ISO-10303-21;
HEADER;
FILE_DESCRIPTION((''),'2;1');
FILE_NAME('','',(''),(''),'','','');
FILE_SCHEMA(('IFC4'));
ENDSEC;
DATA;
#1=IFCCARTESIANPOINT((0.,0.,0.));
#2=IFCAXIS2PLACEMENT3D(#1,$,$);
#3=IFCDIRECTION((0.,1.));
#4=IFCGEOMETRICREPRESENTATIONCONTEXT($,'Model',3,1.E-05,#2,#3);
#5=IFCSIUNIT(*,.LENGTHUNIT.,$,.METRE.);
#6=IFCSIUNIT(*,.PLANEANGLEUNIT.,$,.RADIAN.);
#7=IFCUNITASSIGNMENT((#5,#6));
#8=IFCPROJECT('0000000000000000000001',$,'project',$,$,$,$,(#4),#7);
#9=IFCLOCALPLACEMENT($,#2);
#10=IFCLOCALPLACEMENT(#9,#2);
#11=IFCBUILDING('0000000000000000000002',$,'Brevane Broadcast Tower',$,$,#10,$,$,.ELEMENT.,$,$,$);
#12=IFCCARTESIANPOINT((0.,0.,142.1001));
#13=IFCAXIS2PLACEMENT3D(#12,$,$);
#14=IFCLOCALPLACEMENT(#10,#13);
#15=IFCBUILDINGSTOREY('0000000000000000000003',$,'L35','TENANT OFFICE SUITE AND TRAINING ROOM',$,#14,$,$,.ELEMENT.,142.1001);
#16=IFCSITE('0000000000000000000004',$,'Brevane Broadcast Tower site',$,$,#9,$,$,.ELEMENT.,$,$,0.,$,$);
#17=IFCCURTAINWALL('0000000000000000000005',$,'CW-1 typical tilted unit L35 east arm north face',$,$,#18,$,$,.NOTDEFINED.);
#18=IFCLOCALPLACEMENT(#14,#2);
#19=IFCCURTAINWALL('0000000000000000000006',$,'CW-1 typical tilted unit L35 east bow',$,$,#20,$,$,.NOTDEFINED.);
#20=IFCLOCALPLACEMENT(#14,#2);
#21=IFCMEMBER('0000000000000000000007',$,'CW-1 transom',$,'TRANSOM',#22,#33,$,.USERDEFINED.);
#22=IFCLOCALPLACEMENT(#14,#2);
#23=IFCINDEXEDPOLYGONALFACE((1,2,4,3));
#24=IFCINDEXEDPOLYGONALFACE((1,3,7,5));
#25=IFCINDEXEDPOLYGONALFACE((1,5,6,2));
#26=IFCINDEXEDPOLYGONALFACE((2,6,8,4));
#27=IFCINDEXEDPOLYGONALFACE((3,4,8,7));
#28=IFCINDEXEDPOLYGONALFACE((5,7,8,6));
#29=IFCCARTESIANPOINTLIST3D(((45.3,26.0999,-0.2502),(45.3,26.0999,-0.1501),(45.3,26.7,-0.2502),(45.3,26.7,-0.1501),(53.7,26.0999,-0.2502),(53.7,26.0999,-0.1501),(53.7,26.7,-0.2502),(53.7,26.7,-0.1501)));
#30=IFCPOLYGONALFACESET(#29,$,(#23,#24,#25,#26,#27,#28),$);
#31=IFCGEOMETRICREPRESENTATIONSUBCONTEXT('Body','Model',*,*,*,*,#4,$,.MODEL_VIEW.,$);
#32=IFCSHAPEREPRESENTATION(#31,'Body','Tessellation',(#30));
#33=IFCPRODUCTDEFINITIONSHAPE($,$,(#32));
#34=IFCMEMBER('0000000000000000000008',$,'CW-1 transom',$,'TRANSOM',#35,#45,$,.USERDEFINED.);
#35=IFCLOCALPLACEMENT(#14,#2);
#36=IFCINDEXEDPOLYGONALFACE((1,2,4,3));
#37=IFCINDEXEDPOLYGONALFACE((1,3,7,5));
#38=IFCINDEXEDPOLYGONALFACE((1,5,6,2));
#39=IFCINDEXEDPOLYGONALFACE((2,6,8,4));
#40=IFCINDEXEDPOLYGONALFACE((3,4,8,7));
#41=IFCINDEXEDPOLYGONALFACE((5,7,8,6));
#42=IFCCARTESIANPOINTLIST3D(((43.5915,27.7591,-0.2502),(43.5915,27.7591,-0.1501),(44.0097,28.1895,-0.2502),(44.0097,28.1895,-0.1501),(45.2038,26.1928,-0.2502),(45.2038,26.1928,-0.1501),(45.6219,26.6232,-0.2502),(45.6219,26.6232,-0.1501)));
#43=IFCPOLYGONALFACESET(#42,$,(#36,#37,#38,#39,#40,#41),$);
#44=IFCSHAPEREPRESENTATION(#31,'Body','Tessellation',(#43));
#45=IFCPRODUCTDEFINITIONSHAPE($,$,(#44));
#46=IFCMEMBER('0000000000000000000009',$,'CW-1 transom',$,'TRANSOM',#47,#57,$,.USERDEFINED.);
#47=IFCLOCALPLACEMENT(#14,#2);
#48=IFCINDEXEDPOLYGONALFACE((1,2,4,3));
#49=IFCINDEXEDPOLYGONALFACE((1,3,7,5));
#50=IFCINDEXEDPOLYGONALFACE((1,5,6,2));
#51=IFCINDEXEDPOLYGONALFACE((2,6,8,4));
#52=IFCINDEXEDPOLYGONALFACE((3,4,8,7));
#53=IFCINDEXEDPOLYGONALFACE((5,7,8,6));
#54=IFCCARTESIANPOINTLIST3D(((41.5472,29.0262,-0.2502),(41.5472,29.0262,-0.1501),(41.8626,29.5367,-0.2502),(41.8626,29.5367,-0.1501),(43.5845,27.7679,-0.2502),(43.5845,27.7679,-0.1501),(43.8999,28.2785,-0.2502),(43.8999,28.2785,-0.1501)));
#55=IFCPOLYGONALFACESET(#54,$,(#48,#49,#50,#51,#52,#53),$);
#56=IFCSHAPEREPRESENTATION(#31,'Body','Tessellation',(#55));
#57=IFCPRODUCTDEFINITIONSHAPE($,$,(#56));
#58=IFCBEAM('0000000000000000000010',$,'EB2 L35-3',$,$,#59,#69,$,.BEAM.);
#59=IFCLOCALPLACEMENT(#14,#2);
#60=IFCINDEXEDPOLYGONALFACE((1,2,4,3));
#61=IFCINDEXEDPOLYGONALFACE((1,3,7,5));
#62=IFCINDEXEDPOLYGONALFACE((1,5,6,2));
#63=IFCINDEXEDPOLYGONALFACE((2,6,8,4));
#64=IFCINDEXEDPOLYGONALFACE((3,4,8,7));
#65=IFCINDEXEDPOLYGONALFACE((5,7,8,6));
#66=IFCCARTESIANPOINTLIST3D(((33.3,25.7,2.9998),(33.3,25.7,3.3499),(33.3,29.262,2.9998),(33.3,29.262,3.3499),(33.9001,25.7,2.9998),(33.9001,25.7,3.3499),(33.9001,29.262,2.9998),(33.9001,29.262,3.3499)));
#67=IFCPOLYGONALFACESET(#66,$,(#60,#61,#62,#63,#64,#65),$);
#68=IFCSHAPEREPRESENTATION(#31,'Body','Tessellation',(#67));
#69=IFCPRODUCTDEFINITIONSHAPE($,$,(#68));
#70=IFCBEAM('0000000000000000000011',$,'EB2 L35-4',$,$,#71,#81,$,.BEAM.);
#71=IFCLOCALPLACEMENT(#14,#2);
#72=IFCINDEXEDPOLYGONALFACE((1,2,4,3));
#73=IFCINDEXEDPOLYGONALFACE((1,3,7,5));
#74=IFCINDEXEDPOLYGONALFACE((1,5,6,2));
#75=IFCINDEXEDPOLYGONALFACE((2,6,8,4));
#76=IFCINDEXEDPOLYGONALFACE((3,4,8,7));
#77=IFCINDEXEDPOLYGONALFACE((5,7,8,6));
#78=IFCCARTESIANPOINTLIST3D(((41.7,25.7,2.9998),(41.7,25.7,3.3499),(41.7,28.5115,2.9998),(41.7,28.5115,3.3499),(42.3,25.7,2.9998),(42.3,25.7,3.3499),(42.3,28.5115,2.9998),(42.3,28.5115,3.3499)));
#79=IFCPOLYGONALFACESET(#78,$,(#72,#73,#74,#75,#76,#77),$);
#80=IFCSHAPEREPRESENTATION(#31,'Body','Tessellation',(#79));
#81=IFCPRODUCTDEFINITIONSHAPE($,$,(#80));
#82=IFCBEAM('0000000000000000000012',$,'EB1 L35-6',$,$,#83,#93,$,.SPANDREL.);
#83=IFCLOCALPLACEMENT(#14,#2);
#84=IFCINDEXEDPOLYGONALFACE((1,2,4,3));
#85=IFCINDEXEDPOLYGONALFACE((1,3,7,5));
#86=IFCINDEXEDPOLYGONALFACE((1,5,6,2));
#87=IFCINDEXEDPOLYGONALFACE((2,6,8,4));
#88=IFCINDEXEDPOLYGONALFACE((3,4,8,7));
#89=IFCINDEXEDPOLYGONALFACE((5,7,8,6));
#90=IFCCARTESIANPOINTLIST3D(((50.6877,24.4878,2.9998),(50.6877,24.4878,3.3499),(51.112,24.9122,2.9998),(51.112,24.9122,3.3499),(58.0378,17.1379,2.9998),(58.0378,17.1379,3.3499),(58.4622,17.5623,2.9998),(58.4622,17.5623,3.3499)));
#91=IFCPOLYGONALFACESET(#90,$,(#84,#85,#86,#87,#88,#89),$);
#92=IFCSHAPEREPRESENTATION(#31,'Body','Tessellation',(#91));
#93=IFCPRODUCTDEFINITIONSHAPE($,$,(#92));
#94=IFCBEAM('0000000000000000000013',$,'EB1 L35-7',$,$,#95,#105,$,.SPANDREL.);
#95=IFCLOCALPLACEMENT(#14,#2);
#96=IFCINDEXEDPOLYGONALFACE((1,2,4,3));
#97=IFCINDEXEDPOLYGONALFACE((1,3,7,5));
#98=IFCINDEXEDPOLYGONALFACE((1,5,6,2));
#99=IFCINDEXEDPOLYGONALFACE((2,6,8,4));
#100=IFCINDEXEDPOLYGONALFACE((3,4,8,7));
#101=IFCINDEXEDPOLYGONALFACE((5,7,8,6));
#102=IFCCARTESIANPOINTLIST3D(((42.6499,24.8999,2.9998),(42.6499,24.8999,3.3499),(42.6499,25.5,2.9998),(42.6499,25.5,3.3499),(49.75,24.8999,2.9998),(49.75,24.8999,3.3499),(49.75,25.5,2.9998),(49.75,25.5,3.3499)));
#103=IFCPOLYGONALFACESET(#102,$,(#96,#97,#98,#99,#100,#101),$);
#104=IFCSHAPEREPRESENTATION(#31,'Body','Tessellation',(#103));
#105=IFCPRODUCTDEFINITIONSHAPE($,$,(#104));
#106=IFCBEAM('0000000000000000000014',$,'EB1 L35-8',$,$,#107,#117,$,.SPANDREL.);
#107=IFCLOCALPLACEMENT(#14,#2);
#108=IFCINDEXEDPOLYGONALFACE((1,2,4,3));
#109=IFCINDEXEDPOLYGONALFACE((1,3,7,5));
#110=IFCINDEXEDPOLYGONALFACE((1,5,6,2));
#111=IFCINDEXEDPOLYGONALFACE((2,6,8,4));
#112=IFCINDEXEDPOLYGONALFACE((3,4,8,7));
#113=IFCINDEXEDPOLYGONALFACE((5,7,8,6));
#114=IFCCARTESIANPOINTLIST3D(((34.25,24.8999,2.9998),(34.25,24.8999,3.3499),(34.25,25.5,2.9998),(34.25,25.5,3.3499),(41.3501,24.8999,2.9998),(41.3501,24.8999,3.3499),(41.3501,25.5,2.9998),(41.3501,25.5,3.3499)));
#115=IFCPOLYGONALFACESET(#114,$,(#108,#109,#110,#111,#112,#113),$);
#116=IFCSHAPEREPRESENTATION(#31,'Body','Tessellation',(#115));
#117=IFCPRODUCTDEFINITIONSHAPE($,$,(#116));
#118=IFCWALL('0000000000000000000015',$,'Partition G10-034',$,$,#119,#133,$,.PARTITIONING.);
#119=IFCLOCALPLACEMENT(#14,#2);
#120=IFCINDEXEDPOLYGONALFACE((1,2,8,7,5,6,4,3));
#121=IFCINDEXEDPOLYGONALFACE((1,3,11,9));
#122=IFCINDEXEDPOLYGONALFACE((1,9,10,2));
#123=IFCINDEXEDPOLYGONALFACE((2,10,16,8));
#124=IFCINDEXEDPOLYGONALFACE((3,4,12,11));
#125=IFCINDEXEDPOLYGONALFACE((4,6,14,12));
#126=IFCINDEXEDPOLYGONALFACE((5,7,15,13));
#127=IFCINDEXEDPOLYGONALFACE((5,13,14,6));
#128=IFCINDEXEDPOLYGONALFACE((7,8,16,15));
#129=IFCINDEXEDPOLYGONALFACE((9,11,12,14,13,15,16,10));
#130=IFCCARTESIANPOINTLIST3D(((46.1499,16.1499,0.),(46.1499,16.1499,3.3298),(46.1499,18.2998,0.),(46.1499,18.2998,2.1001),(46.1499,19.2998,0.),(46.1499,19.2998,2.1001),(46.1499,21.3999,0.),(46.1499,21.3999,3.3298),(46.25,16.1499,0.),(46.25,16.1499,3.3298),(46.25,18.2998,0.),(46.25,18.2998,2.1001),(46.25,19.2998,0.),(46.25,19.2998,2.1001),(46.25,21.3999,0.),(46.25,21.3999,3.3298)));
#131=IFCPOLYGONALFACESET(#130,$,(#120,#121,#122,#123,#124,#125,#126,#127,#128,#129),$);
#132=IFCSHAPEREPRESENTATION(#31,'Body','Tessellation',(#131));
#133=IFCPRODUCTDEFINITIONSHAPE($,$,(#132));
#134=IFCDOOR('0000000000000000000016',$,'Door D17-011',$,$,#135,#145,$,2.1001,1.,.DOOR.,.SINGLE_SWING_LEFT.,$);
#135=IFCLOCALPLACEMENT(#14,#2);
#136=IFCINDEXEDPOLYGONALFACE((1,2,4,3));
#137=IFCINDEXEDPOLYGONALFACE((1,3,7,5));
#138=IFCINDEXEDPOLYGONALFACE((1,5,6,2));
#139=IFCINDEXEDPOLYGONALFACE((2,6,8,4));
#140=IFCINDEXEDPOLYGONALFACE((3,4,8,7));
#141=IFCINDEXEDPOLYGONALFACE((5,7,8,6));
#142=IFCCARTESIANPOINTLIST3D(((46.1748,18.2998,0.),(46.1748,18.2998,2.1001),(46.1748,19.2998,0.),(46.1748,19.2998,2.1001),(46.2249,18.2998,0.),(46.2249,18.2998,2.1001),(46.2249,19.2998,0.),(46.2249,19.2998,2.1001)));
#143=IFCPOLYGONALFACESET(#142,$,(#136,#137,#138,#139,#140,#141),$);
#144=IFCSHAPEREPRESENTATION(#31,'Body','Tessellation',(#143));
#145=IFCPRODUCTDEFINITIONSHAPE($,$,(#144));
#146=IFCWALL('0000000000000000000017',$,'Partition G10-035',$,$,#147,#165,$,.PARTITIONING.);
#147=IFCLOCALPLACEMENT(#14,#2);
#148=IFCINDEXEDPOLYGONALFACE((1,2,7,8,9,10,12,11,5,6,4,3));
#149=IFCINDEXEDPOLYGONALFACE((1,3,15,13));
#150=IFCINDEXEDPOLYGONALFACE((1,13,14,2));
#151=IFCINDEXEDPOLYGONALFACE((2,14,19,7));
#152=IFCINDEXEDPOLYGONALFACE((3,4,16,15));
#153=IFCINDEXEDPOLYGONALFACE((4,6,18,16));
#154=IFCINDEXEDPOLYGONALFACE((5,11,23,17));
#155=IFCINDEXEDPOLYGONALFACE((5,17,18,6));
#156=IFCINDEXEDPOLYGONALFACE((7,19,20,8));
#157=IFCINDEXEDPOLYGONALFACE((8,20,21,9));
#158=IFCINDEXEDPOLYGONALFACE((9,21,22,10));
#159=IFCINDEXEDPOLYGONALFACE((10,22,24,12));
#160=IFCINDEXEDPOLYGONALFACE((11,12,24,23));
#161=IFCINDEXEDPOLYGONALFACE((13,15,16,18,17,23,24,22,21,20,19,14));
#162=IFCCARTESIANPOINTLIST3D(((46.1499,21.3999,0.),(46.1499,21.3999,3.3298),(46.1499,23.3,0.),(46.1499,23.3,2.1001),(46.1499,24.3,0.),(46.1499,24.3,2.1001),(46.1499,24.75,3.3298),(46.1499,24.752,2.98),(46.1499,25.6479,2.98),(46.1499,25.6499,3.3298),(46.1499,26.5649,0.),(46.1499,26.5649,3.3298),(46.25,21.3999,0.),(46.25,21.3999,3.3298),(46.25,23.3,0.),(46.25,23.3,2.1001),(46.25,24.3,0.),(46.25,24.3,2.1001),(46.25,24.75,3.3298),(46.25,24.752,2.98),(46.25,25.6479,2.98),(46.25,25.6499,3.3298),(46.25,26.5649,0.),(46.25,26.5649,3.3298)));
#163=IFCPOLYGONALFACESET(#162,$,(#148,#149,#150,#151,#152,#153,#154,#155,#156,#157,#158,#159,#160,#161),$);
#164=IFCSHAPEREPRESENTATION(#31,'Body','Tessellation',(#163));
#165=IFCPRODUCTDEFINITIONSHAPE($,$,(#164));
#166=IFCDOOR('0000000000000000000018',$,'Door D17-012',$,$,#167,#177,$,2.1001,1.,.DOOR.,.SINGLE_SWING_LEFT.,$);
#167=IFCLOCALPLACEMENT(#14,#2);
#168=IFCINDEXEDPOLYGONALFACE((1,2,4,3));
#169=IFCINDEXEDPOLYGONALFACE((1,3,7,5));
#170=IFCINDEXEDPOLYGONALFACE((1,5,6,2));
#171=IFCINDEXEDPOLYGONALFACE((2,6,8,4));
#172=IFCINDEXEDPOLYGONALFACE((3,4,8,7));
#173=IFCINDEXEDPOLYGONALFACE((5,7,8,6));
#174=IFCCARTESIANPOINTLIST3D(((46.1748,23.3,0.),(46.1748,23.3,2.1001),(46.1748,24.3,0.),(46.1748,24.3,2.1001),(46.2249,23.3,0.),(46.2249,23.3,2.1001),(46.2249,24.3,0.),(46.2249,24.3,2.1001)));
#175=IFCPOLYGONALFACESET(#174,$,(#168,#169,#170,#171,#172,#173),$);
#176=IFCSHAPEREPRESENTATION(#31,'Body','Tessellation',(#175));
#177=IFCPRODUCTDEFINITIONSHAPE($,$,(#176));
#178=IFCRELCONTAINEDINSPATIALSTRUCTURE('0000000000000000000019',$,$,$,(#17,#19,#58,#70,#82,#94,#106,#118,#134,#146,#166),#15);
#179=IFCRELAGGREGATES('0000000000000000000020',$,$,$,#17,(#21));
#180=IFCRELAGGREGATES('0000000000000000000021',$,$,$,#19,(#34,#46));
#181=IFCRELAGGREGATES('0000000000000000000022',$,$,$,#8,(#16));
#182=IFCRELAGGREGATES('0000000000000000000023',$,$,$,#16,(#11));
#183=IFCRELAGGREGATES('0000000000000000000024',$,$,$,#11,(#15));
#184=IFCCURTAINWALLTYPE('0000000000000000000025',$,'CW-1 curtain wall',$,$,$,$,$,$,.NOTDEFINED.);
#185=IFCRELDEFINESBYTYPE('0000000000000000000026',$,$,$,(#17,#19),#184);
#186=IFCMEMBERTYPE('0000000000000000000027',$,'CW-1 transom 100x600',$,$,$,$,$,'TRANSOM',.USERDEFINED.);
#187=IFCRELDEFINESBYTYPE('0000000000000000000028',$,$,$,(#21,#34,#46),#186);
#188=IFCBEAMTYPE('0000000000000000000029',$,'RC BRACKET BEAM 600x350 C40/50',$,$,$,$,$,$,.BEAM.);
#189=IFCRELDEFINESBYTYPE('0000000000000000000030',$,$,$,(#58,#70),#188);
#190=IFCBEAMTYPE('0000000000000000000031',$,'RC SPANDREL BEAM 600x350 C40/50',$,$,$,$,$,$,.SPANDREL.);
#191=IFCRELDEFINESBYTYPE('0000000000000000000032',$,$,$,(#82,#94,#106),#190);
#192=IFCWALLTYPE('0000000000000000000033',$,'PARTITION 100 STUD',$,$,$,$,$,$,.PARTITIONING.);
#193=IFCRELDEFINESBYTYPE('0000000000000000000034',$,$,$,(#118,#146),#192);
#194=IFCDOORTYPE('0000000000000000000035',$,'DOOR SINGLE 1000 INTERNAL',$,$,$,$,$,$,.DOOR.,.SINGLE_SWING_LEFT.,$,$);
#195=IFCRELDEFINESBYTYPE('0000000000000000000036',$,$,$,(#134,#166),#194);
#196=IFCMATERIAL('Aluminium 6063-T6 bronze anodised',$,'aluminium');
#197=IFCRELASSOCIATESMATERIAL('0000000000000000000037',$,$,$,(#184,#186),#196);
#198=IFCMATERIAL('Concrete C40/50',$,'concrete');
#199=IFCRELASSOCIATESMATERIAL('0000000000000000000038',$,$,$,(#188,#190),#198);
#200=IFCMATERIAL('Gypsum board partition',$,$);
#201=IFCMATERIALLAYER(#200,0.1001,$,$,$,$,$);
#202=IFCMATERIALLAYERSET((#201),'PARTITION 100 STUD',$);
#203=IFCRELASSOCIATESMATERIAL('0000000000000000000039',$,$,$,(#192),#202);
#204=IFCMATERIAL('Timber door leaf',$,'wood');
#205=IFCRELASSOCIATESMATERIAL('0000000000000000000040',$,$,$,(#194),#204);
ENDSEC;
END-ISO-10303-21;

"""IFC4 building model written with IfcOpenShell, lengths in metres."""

from ifc_helpers import new_model, si_unit, direction, frame, frame_2d, origin, origin_2d, place, context, subcontext, project, spatial, polyline, rectangle, outline, extrude, material, layer, layer_set, material_profile, profile_set, type_object, element, fill, aggregate, save


model = new_model("IFC4")

# Units and contexts
model_context = context("Model", 3, precision=1e-05, world=origin(), true_north=direction((0.0, 1.0)))
body_context = subcontext(model_context, "Body", "Model", "MODEL_VIEW")
ifc_project = project(units=[si_unit("LENGTHUNIT", "METRE"), si_unit("PLANEANGLEUNIT", "RADIAN")], contexts=[model_context])

# Site, building, storey
site_placement = place(None, origin())
site = spatial("IfcSite", under=ifc_project, at=site_placement, Name="Brevane Broadcast Tower site", CompositionType="ELEMENT", RefElevation=0.0)
building_placement = place(site_placement, origin())
building = spatial("IfcBuilding", under=site, at=building_placement, Name="Brevane Broadcast Tower", CompositionType="ELEMENT")
storey_placement = place(building_placement, frame((0.0, 0.0, 142.1001)))
storey = spatial("IfcBuildingStorey", under=building, at=storey_placement, Name="L35", Description="TENANT OFFICE SUITE AND TRAINING ROOM", CompositionType="ELEMENT", Elevation=142.1001)

# Shared definitions
ifc_material_1 = material(Name="Aluminium 6063-T6 bronze anodised", Category="aluminium")
curtain_wall_type = type_object("IfcCurtainWallType", Name="CW-1 curtain wall", PredefinedType="NOTDEFINED", material=ifc_material_1)

# Curtain walls
curtain_wall_1_placement = place(storey_placement, origin())
curtain_wall_1 = element("IfcCurtainWall", 1, at=curtain_wall_1_placement, inside=storey, type_object=curtain_wall_type, Name="CW-1 typical tilted unit L35 east arm north face", PredefinedType="NOTDEFINED")
curtain_wall_2_placement = place(storey_placement, origin())
curtain_wall_2 = element("IfcCurtainWall", 2, at=curtain_wall_2_placement, inside=storey, type_object=curtain_wall_type, Name="CW-1 typical tilted unit L35 east bow", PredefinedType="NOTDEFINED")

# Members
ifc_material_profile_1 = material_profile(ifc_material_1, rectangle(XDim=0.6001, YDim=0.1001, at=origin_2d()), Name="RECT 100x600")
ifc_profile_set_1 = profile_set([ifc_material_profile_1], Name="Aluminium 6063-T6 bronze anodised")
member_type_1 = type_object("IfcMemberType", Name="CW-1 transom 100x600", ElementType="TRANSOM", PredefinedType="USERDEFINED", material=ifc_profile_set_1)
member_1_placement = place(storey_placement, frame((53.7, 26.3999, -0.2002), z_axis=(-1.0, 0.0, 0.0), x_axis=(0.0, -1.0, 0.0)))
member_1 = element("IfcMember", 3, at=member_1_placement, type_object=member_type_1, Name="CW-1 transom", ObjectType="TRANSOM", PredefinedType="USERDEFINED", context=body_context, shape_type="SweptSolid", body=[
    extrude(rectangle(XDim=0.6001, YDim=0.1001, at=origin_2d()), origin(), (0.0, 0.0, 1.0), 8.3999),
])
aggregate(curtain_wall_1, [member_1])
member_2_placement = place(storey_placement, frame((45.4128, 26.408, -0.2002), z_axis=(-0.717242, 0.696824, 0.0), x_axis=(-0.696824, -0.717242, 0.0)))
member_2 = element("IfcMember", 4, at=member_2_placement, type_object=member_type_1, Name="CW-1 transom", ObjectType="TRANSOM", PredefinedType="USERDEFINED", context=body_context, shape_type="SweptSolid", body=[
    extrude(rectangle(XDim=0.6001, YDim=0.1001, at=origin_2d()), origin(), (0.0, 0.0, 1.0), 2.2478),
])
member_3_placement = place(storey_placement, frame((43.7422, 28.0232, -0.2002), z_axis=(-0.85081, 0.525473, 0.0), x_axis=(-0.525473, -0.85081, 0.0)))
member_3 = element("IfcMember", 5, at=member_3_placement, type_object=member_type_1, Name="CW-1 transom", ObjectType="TRANSOM", PredefinedType="USERDEFINED", context=body_context, shape_type="SweptSolid", body=[
    extrude(rectangle(XDim=0.6001, YDim=0.1001, at=origin_2d()), origin(), (0.0, 0.0, 1.0), 2.3945),
])
aggregate(curtain_wall_2, [member_2, member_3])

# Beams
ifc_material_2 = material(Name="Concrete C40/50", Category="concrete")
ifc_material_profile_2 = material_profile(ifc_material_2, rectangle(XDim=0.6001, YDim=0.3501, at=origin_2d()), Name="RC 600x350")
ifc_profile_set_2 = profile_set([ifc_material_profile_2], Name="Concrete C40/50")
beam_type_1 = type_object("IfcBeamType", Name="RC BRACKET BEAM 600x350 C40/50", PredefinedType="BEAM", material=ifc_profile_set_2)
beam_1_placement = place(storey_placement, frame((33.6001, 25.7, 3.1748), z_axis=(0.0, 1.0, 0.0), x_axis=(-1.0, 0.0, 0.0)))
element("IfcBeam", 6, at=beam_1_placement, inside=storey, type_object=beam_type_1, Name="EB2 L35-3", PredefinedType="BEAM", context=body_context, shape_type="SweptSolid", body=[
    extrude(rectangle(XDim=0.6001, YDim=0.3501, at=origin_2d()), origin(), (0.0, 0.0, 1.0), 3.562),
])
beam_2_placement = place(storey_placement, frame((42.0, 25.7, 3.1748), z_axis=(0.0, 1.0, 0.0), x_axis=(-1.0, 0.0, 0.0)))
element("IfcBeam", 7, at=beam_2_placement, inside=storey, type_object=beam_type_1, Name="EB2 L35-4", PredefinedType="BEAM", context=body_context, shape_type="SweptSolid", body=[
    extrude(rectangle(XDim=0.6001, YDim=0.3501, at=origin_2d()), origin(), (0.0, 0.0, 1.0), 2.8115),
])
ifc_material_profile_3 = material_profile(ifc_material_2, rectangle(XDim=0.6001, YDim=0.3501, at=origin_2d()), Name="RC 600x350")
ifc_profile_set_3 = profile_set([ifc_material_profile_3], Name="Concrete C40/50")
beam_type_2 = type_object("IfcBeamType", Name="RC SPANDREL BEAM 600x350 C40/50", PredefinedType="SPANDREL", material=ifc_profile_set_3)
beam_3_placement = place(storey_placement, frame((58.25, 17.3501, 3.1748), z_axis=(-0.707119, 0.707095, 0.0), x_axis=(-0.707095, -0.707119, 0.0)))
element("IfcBeam", 8, at=beam_3_placement, inside=storey, type_object=beam_type_2, Name="EB1 L35-6", PredefinedType="SPANDREL", context=body_context, shape_type="SweptSolid", body=[
    extrude(rectangle(XDim=0.6001, YDim=0.3501, at=origin_2d()), origin(), (0.0, 0.0, 1.0), 10.3945),
])
for number, where, z_axis, x_axis, name in (
    (9, (49.75, 25.2, 3.1748), (-1.0, 0.0, 0.0), (0.0, -1.0, 0.0), "EB1 L35-7"),
    (10, (41.3501, 25.2, 3.1748), (-1.0, 0.0, 0.0), (0.0, -1.0, 0.0), "EB1 L35-8"),
):
    element("IfcBeam", number, at=place(storey_placement, frame(where, z_axis=z_axis, x_axis=x_axis)), inside=storey, type_object=beam_type_2, Name=name, PredefinedType="SPANDREL", context=body_context, shape_type="SweptSolid", body=[
        extrude(rectangle(XDim=0.6001, YDim=0.3501, at=origin_2d()), origin(), (0.0, 0.0, 1.0), 7.1001),
    ])

# Walls, openings, doors
ifc_material_3 = material(Name="Gypsum board partition")
ifc_layer_1 = layer(ifc_material_3, 0.1001)
ifc_layer_set_1 = layer_set([ifc_layer_1], Name="PARTITION 100 STUD")
wall_type_1 = type_object("IfcWallType", Name="PARTITION 100 STUD", PredefinedType="PARTITIONING", material=ifc_layer_set_1)
wall_1_placement = place(storey_placement, frame((46.2, 21.3999, 0.0), z_axis=(0.0, 0.0, 1.0), x_axis=(0.0, -1.0, 0.0)))
wall_1 = element("IfcWall", 11, at=wall_1_placement, inside=storey, type_object=wall_type_1, Name="Partition G10-034", PredefinedType="PARTITIONING", context=body_context, shape_type="SweptSolid", body=[
    extrude(rectangle(XDim=5.25, YDim=0.1001, at=frame_2d((2.625, 0.0))), origin(), (0.0, 0.0, 1.0), 3.3298),
])
opening_1_placement = place(wall_1_placement, frame((2.1001, 0.0, 0.0)))
opening_1 = element("IfcOpeningElement", 12, at=opening_1_placement, cuts=wall_1, PredefinedType="OPENING", context=body_context, shape_type="SweptSolid", body=[
    extrude(rectangle(XDim=1.0, YDim=2.1001, at=frame_2d((0.5, 1.05))), frame((0.0, 0.0601, 0.0), z_axis=(0.0, -1.0, 0.0), x_axis=(1.0, 0.0, 0.0)), (0.0, 0.0, 1.0), 0.1201),
])
ifc_material_4 = material(Name="Timber door leaf", Category="wood")
door_type = type_object("IfcDoorType", Name="DOOR SINGLE 1000 INTERNAL", OperationType="SINGLE_SWING_LEFT", PredefinedType="DOOR", material=ifc_material_4)
door_1_placement = place(opening_1_placement, origin())
door_1 = element("IfcDoor", 13, at=door_1_placement, inside=storey, type_object=door_type, Name="Door D17-011", OperationType="SINGLE_SWING_LEFT", OverallHeight=2.1001, OverallWidth=1.0, PredefinedType="DOOR", context=body_context, shape_type="SweptSolid", body=[
    extrude(rectangle(XDim=1.0, YDim=2.1001, at=frame_2d((0.5, 1.05))), frame((0.0, 0.0249, 0.0), z_axis=(0.0, -1.0, 0.0), x_axis=(1.0, 0.0, 0.0)), (0.0, 0.0, 1.0), 0.05),
])
fill(opening_1, door_1)
wall_2_placement = place(storey_placement, frame((46.2, 26.5649, 0.0), z_axis=(0.0, 0.0, 1.0), x_axis=(0.0, -1.0, 0.0)))
wall_2 = element("IfcWall", 14, at=wall_2_placement, inside=storey, type_object=wall_type_1, Name="Partition G10-035", PredefinedType="PARTITIONING", context=body_context, shape_type="SweptSolid", body=[
    extrude(outline(polyline([(0.0, 0.0), (5.165, 0.0), (5.165, 3.3298), (1.8149, 3.3298), (1.813, 2.98), (0.917, 2.98), (0.915, 3.3298), (0.2649, 3.3298), (0.0, 3.3298), (0.0, 0.0)])), frame((0.0, 0.05, 0.0), z_axis=(0.0, -1.0, 0.0), x_axis=(1.0, 0.0, 0.0)), (0.0, 0.0, 1.0), 0.1001),
])
opening_2_placement = place(wall_2_placement, frame((2.2649, 0.0, 0.0)))
opening_2 = element("IfcOpeningElement", 15, at=opening_2_placement, cuts=wall_2, PredefinedType="OPENING", context=body_context, shape_type="SweptSolid", body=[
    extrude(rectangle(XDim=1.0, YDim=2.1001, at=frame_2d((0.5, 1.05))), frame((0.0, 0.0601, 0.0), z_axis=(0.0, -1.0, 0.0), x_axis=(1.0, 0.0, 0.0)), (0.0, 0.0, 1.0), 0.1201),
])
door_2_placement = place(opening_2_placement, origin())
door_2 = element("IfcDoor", 16, at=door_2_placement, inside=storey, type_object=door_type, Name="Door D17-012", OperationType="SINGLE_SWING_LEFT", OverallHeight=2.1001, OverallWidth=1.0, PredefinedType="DOOR", context=body_context, shape_type="SweptSolid", body=[
    extrude(rectangle(XDim=1.0, YDim=2.1001, at=frame_2d((0.5, 1.05))), frame((0.0, 0.0249, 0.0), z_axis=(0.0, -1.0, 0.0), x_axis=(1.0, 0.0, 0.0)), (0.0, 0.0, 1.0), 0.05),
])
fill(opening_2, door_2)

save(model, "model.ifc")
